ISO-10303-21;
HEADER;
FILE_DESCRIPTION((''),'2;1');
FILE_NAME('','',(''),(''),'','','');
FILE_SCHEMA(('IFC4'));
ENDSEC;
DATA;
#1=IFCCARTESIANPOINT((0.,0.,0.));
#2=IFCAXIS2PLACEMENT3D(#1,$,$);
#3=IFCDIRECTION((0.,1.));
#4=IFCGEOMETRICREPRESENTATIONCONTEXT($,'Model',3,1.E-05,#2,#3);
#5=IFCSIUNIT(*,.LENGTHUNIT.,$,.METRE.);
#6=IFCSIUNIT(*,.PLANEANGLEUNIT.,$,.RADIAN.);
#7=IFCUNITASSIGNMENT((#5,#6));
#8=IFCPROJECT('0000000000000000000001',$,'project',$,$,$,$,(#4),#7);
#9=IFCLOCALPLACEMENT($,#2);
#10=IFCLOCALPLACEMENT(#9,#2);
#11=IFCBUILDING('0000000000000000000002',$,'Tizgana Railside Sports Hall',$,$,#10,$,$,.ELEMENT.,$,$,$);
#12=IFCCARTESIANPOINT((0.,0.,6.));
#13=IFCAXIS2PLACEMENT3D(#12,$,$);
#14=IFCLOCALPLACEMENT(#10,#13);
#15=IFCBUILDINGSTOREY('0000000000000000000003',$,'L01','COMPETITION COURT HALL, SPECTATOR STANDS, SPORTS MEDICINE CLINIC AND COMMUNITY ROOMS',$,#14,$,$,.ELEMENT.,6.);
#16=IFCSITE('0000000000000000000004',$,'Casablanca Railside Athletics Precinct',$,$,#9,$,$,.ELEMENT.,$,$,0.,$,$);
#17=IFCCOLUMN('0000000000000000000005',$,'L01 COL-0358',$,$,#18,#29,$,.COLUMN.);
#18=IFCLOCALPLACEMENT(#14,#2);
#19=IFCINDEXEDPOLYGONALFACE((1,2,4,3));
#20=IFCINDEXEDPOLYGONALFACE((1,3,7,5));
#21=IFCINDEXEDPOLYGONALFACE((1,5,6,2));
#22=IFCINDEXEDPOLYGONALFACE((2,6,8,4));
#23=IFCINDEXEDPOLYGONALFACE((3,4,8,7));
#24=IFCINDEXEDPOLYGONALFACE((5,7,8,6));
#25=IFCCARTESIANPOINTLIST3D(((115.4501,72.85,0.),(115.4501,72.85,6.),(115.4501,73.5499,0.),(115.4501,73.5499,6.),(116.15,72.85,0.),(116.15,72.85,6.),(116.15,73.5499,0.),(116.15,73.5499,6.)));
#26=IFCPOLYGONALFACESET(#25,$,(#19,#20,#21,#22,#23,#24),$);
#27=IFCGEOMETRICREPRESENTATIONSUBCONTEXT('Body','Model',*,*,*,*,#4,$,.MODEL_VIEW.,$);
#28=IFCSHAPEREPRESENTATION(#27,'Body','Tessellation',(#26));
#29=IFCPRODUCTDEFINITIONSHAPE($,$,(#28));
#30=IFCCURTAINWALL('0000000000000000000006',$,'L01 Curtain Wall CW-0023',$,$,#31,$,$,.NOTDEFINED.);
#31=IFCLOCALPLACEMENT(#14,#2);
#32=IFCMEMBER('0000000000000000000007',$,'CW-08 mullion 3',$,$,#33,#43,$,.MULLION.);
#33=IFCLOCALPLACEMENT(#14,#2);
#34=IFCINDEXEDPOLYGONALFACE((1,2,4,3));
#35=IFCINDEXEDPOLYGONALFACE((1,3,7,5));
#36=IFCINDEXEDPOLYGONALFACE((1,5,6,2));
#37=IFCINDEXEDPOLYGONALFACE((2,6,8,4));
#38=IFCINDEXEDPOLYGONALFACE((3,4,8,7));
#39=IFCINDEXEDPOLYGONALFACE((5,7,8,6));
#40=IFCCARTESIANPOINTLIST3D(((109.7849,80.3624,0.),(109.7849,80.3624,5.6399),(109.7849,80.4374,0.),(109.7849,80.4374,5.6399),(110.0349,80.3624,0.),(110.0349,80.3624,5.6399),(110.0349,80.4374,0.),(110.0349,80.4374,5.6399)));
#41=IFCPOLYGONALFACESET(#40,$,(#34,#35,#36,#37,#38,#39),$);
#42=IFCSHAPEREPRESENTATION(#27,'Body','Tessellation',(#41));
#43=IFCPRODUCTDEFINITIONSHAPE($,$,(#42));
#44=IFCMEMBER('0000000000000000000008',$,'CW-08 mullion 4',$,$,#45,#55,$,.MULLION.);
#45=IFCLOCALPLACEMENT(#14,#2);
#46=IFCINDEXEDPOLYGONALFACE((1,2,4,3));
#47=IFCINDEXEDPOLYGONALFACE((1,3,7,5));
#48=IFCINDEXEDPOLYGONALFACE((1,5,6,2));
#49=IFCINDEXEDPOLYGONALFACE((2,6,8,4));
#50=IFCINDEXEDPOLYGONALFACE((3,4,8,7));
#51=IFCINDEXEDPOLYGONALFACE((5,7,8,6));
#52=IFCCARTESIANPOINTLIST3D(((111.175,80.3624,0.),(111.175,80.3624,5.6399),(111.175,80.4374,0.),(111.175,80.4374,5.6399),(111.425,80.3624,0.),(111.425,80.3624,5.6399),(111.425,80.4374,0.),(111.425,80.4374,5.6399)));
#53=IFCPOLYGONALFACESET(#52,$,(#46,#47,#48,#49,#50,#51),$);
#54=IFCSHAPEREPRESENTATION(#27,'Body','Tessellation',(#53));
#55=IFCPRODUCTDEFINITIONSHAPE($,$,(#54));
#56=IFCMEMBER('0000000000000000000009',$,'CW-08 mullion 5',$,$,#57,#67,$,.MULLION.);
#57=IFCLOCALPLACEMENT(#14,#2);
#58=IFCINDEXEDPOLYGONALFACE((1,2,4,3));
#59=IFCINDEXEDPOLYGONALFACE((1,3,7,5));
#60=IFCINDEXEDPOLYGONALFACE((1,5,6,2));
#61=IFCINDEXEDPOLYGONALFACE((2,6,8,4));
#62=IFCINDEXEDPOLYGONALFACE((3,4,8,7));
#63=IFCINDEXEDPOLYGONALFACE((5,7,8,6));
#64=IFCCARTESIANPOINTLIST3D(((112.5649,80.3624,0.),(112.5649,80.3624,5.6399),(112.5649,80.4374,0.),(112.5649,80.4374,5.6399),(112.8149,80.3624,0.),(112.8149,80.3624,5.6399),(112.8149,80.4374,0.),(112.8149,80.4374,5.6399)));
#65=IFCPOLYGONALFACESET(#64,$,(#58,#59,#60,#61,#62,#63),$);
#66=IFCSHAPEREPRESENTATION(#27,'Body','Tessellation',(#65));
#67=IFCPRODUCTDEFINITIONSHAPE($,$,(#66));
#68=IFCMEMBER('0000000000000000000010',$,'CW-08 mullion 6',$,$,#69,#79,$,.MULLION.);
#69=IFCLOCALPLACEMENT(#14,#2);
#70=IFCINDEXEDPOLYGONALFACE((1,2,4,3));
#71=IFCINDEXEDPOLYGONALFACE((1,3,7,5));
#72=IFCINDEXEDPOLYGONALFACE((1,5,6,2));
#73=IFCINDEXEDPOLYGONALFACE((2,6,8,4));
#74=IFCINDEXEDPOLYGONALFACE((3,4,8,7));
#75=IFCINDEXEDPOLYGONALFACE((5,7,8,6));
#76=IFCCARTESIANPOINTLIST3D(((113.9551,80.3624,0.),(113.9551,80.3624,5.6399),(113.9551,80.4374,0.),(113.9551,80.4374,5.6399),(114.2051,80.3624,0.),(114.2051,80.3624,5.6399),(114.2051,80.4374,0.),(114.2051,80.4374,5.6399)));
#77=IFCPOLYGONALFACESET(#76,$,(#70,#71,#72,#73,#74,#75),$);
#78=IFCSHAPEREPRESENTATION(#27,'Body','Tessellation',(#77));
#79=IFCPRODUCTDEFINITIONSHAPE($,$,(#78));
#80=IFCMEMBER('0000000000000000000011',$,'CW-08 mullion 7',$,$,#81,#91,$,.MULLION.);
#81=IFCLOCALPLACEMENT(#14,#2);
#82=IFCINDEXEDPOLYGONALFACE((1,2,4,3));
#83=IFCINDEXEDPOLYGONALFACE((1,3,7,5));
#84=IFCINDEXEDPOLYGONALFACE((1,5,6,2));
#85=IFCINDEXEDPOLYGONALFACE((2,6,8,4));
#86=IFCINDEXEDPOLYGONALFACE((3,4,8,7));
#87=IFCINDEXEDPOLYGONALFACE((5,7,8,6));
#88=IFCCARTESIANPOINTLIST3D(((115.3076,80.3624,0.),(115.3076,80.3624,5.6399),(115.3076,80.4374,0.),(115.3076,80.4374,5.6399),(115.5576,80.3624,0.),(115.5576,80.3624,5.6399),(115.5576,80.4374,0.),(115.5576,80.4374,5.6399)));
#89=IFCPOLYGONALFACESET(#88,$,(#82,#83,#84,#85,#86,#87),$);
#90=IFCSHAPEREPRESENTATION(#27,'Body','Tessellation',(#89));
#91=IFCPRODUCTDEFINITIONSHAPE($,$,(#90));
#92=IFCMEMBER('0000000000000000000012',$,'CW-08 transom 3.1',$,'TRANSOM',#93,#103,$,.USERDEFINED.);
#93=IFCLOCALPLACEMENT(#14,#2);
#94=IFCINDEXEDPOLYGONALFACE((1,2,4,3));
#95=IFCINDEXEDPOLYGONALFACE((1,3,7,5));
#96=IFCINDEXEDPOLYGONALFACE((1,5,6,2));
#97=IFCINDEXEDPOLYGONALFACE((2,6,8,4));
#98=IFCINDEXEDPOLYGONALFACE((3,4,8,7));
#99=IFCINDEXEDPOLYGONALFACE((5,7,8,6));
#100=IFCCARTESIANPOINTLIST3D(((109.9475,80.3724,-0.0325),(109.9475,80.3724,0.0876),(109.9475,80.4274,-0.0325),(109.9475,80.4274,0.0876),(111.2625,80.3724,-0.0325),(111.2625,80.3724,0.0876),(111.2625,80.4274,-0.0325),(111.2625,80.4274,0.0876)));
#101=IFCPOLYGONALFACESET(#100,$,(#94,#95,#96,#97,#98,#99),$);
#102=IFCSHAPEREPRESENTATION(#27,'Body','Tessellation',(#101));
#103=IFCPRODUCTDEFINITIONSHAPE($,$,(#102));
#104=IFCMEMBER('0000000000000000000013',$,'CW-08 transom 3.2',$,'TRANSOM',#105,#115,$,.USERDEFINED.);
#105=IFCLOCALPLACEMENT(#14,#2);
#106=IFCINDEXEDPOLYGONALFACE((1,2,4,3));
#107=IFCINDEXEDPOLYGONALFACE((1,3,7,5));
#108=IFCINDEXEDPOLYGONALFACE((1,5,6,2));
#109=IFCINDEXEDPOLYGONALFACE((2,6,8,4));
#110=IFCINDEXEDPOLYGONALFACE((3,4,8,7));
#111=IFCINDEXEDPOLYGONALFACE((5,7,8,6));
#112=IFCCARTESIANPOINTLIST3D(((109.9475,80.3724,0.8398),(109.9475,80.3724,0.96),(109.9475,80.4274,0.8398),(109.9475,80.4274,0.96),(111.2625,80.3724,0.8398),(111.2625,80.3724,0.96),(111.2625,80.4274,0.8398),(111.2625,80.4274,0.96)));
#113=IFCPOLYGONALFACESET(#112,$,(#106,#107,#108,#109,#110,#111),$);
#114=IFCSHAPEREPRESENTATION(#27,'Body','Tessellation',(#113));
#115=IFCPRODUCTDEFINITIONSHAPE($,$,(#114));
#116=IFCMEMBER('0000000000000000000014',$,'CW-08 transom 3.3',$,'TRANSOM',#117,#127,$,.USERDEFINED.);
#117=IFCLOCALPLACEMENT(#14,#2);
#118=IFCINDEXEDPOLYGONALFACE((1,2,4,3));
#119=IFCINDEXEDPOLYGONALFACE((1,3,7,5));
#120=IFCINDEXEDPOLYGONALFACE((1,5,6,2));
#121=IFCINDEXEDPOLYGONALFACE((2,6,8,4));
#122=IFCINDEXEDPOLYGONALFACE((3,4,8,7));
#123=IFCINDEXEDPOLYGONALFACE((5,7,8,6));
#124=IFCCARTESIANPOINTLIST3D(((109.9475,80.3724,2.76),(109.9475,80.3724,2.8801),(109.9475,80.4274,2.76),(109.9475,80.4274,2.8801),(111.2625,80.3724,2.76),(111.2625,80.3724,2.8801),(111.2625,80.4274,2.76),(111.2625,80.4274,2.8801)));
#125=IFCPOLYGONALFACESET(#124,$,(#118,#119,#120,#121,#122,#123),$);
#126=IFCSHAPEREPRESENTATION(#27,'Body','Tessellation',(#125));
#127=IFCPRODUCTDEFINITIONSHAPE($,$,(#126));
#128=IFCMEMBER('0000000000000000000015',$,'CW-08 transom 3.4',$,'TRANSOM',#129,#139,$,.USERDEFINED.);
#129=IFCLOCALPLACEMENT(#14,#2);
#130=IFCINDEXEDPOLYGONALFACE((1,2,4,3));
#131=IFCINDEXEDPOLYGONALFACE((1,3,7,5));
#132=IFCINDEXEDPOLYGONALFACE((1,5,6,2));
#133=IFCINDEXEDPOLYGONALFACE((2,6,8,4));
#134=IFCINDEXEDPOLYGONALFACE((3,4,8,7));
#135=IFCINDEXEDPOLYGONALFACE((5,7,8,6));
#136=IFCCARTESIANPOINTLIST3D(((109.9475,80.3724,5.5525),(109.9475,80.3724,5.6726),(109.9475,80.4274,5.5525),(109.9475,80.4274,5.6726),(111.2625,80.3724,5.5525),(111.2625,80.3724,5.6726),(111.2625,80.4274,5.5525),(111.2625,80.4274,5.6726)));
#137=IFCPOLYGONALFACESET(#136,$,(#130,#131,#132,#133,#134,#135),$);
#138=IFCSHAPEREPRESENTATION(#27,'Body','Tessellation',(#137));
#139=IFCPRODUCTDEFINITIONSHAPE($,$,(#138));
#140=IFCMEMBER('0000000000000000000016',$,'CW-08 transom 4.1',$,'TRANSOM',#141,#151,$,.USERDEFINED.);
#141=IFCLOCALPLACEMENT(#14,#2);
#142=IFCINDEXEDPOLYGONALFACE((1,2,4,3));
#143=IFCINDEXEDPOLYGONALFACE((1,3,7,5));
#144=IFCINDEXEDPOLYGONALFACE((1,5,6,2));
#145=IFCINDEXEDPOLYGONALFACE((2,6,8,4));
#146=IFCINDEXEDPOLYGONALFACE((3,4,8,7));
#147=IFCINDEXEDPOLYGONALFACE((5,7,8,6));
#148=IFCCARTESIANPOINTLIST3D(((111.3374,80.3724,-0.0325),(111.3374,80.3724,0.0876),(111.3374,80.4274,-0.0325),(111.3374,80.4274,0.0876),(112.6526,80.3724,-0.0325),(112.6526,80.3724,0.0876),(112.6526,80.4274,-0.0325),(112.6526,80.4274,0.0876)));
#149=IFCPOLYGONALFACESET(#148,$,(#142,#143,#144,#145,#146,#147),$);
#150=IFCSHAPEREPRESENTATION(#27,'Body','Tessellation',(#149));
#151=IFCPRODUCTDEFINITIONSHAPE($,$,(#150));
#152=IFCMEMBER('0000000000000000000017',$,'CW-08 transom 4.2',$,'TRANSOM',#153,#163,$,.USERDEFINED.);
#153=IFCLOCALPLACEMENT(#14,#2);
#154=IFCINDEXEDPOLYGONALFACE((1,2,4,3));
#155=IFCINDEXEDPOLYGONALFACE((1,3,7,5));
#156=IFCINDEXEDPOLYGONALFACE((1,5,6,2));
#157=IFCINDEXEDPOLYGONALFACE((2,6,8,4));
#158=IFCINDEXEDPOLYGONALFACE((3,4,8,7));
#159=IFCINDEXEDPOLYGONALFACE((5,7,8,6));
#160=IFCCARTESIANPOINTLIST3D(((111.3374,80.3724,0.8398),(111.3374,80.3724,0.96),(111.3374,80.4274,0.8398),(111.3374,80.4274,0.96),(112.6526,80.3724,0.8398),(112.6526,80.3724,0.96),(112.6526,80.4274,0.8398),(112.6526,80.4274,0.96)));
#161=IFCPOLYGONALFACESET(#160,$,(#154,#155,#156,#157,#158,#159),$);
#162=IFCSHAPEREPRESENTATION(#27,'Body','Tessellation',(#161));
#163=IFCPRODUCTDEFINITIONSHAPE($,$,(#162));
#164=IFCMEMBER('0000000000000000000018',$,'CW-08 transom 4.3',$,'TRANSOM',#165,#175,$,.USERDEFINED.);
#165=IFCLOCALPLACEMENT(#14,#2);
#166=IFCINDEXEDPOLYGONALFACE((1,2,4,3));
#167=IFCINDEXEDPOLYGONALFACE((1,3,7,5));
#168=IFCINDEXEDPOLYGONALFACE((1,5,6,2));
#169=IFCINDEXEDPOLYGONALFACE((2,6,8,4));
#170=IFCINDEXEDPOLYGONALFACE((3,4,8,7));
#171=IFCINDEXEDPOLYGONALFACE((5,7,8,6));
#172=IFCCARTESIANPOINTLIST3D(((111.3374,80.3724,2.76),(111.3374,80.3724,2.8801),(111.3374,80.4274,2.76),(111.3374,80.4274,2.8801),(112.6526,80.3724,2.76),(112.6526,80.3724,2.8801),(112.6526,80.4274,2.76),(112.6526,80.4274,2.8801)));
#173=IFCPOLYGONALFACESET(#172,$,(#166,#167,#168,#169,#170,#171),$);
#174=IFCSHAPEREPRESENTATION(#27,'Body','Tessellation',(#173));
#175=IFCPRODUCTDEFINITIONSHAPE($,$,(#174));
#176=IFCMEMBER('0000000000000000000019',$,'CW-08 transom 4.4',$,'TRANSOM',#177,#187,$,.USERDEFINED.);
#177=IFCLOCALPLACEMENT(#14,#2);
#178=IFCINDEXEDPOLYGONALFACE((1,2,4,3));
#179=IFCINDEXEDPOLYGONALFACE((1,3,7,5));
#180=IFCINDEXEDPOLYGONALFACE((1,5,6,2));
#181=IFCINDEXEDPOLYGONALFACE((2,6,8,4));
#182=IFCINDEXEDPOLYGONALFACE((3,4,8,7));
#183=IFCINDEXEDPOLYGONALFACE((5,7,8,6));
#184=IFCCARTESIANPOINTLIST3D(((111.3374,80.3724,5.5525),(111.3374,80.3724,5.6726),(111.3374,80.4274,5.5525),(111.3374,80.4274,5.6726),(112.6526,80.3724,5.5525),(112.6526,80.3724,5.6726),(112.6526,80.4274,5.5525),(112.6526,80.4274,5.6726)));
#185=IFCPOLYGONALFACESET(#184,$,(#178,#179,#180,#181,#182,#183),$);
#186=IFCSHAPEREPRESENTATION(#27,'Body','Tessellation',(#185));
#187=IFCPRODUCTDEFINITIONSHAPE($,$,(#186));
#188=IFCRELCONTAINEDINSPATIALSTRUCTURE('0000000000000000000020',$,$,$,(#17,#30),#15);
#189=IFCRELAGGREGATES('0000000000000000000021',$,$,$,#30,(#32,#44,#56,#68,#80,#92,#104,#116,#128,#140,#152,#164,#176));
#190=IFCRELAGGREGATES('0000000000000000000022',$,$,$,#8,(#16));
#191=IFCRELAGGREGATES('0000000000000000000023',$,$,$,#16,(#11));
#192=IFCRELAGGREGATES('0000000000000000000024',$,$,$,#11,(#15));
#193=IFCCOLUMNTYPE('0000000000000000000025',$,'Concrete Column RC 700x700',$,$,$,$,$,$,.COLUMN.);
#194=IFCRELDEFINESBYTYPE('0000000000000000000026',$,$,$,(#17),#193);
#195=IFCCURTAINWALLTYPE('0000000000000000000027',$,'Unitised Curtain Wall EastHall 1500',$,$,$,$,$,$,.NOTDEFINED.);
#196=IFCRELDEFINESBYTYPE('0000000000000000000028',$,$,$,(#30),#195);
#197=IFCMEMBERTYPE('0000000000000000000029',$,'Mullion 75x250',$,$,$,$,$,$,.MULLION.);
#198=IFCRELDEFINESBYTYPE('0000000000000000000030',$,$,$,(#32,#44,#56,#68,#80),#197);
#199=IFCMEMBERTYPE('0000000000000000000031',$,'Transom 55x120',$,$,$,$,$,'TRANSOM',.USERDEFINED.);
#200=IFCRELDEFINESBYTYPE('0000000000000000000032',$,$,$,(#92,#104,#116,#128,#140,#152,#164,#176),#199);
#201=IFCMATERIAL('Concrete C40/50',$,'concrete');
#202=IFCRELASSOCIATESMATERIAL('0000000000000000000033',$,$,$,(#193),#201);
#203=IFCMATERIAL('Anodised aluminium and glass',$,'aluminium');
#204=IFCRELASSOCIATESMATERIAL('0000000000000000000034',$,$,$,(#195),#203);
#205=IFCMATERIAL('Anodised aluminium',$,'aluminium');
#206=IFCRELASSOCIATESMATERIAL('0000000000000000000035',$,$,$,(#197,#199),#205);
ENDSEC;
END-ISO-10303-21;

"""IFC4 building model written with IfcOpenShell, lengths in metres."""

from ifc_helpers import new_model, si_unit, direction, frame, origin, origin_2d, place, context, subcontext, project, spatial, rectangle, extrude, material, material_profile, profile_set, type_object, element, aggregate, save


model = new_model("IFC4")

# Units and contexts
model_context = context("Model", 3, precision=1e-05, world=origin(), true_north=direction((0.0, 1.0)))
body_context = subcontext(model_context, "Body", "Model", "MODEL_VIEW")
ifc_project = project(units=[si_unit("LENGTHUNIT", "METRE"), si_unit("PLANEANGLEUNIT", "RADIAN")], contexts=[model_context])

# Site, building, storey
site_placement = place(None, origin())
site = spatial("IfcSite", under=ifc_project, at=site_placement, Name="Casablanca Railside Athletics Precinct", CompositionType="ELEMENT", RefElevation=0.0)
building_placement = place(site_placement, origin())
building = spatial("IfcBuilding", under=site, at=building_placement, Name="Tizgana Railside Sports Hall", CompositionType="ELEMENT")
storey_placement = place(building_placement, frame((0.0, 0.0, 6.0)))
storey = spatial("IfcBuildingStorey", under=building, at=storey_placement, Name="L01", Description="COMPETITION COURT HALL, SPECTATOR STANDS, SPORTS MEDICINE CLINIC AND COMMUNITY ROOMS", CompositionType="ELEMENT", Elevation=6.0)

# Column
ifc_material_1 = material(Name="Concrete C40/50", Category="concrete")
ifc_material_profile_1 = material_profile(ifc_material_1, rectangle(XDim=0.7, YDim=0.7, at=origin_2d()), Name="RC 700x700")
ifc_profile_set_1 = profile_set([ifc_material_profile_1], Name="Concrete C40/50")
column_type = type_object("IfcColumnType", Name="Concrete Column RC 700x700", PredefinedType="COLUMN", material=ifc_profile_set_1)
column_placement = place(storey_placement, frame((115.8, 73.2, 0.0), z_axis=(0.0, 0.0, 1.0), x_axis=(1.0, 0.0, 0.0)))
element("IfcColumn", 1, at=column_placement, inside=storey, type_object=column_type, Name="L01 COL-0358", PredefinedType="COLUMN", context=body_context, shape_type="SweptSolid", body=[
    extrude(rectangle(XDim=0.7, YDim=0.7, at=origin_2d()), origin(), (0.0, 0.0, 1.0), 6.0),
])

# Curtain wall, members
ifc_material_2 = material(Name="Anodised aluminium and glass", Category="aluminium")
curtain_wall_type = type_object("IfcCurtainWallType", Name="Unitised Curtain Wall EastHall 1500", PredefinedType="NOTDEFINED", material=ifc_material_2)
curtain_wall_placement = place(storey_placement, origin())
curtain_wall = element("IfcCurtainWall", 2, at=curtain_wall_placement, inside=storey, type_object=curtain_wall_type, Name="L01 Curtain Wall CW-0023", PredefinedType="NOTDEFINED")
ifc_material_3 = material(Name="Anodised aluminium", Category="aluminium")
ifc_material_profile_2 = material_profile(ifc_material_3, rectangle(XDim=0.075, YDim=0.25, at=origin_2d()), Name="Mullion 75x250")
ifc_profile_set_2 = profile_set([ifc_material_profile_2], Name="Anodised aluminium")
member_type_1 = type_object("IfcMemberType", Name="Mullion 75x250", PredefinedType="MULLION", material=ifc_profile_set_2)
member_1_placement = place(storey_placement, frame((109.9099, 80.3999, 0.0), z_axis=(0.0, 0.0, 1.0), x_axis=(0.0, 1.0, 0.0)))
member_1 = element("IfcMember", 3, at=member_1_placement, type_object=member_type_1, Name="CW-08 mullion 3", PredefinedType="MULLION", context=body_context, shape_type="SweptSolid", body=[
    extrude(rectangle(XDim=0.075, YDim=0.25, at=origin_2d()), origin(), (0.0, 0.0, 1.0), 5.6399),
])
member_2_placement = place(storey_placement, frame((111.3, 80.3999, 0.0), z_axis=(0.0, 0.0, 1.0), x_axis=(0.0, 1.0, 0.0)))
member_2 = element("IfcMember", 4, at=member_2_placement, type_object=member_type_1, Name="CW-08 mullion 4", PredefinedType="MULLION", context=body_context, shape_type="SweptSolid", body=[
    extrude(rectangle(XDim=0.075, YDim=0.25, at=origin_2d()), origin(), (0.0, 0.0, 1.0), 5.6399),
])
member_3_placement = place(storey_placement, frame((112.6899, 80.3999, 0.0), z_axis=(0.0, 0.0, 1.0), x_axis=(0.0, 1.0, 0.0)))
member_3 = element("IfcMember", 5, at=member_3_placement, type_object=member_type_1, Name="CW-08 mullion 5", PredefinedType="MULLION", context=body_context, shape_type="SweptSolid", body=[
    extrude(rectangle(XDim=0.075, YDim=0.25, at=origin_2d()), origin(), (0.0, 0.0, 1.0), 5.6399),
])
member_4_placement = place(storey_placement, frame((114.0801, 80.3999, 0.0), z_axis=(0.0, 0.0, 1.0), x_axis=(0.0, 1.0, 0.0)))
member_4 = element("IfcMember", 6, at=member_4_placement, type_object=member_type_1, Name="CW-08 mullion 6", PredefinedType="MULLION", context=body_context, shape_type="SweptSolid", body=[
    extrude(rectangle(XDim=0.075, YDim=0.25, at=origin_2d()), origin(), (0.0, 0.0, 1.0), 5.6399),
])
member_5_placement = place(storey_placement, frame((115.4326, 80.3999, 0.0), z_axis=(0.0, 0.0, 1.0), x_axis=(0.0, 1.0, 0.0)))
member_5 = element("IfcMember", 7, at=member_5_placement, type_object=member_type_1, Name="CW-08 mullion 7", PredefinedType="MULLION", context=body_context, shape_type="SweptSolid", body=[
    extrude(rectangle(XDim=0.075, YDim=0.25, at=origin_2d()), origin(), (0.0, 0.0, 1.0), 5.6399),
])
ifc_material_profile_3 = material_profile(ifc_material_3, rectangle(XDim=0.0549, YDim=0.1201, at=origin_2d()), Name="Transom 55x120")
ifc_profile_set_3 = profile_set([ifc_material_profile_3], Name="Anodised aluminium")
member_type_2 = type_object("IfcMemberType", Name="Transom 55x120", ElementType="TRANSOM", PredefinedType="USERDEFINED", material=ifc_profile_set_3)
member_6_placement = place(storey_placement, frame((109.9475, 80.3999, 0.0276), z_axis=(1.0, 0.0, 0.0), x_axis=(0.0, 1.0, 0.0)))
member_6 = element("IfcMember", 8, at=member_6_placement, type_object=member_type_2, Name="CW-08 transom 3.1", ObjectType="TRANSOM", PredefinedType="USERDEFINED", context=body_context, shape_type="SweptSolid", body=[
    extrude(rectangle(XDim=0.0549, YDim=0.1201, at=origin_2d()), origin(), (0.0, 0.0, 1.0), 1.3149),
])
member_7_placement = place(storey_placement, frame((109.9475, 80.3999, 0.8999), z_axis=(1.0, 0.0, 0.0), x_axis=(0.0, 1.0, 0.0)))
member_7 = element("IfcMember", 9, at=member_7_placement, type_object=member_type_2, Name="CW-08 transom 3.2", ObjectType="TRANSOM", PredefinedType="USERDEFINED", context=body_context, shape_type="SweptSolid", body=[
    extrude(rectangle(XDim=0.0549, YDim=0.1201, at=origin_2d()), origin(), (0.0, 0.0, 1.0), 1.3149),
])
member_8_placement = place(storey_placement, frame((109.9475, 80.3999, 2.8201), z_axis=(1.0, 0.0, 0.0), x_axis=(0.0, 1.0, 0.0)))
member_8 = element("IfcMember", 10, at=member_8_placement, type_object=member_type_2, Name="CW-08 transom 3.3", ObjectType="TRANSOM", PredefinedType="USERDEFINED", context=body_context, shape_type="SweptSolid", body=[
    extrude(rectangle(XDim=0.0549, YDim=0.1201, at=origin_2d()), origin(), (0.0, 0.0, 1.0), 1.3149),
])
member_9_placement = place(storey_placement, frame((109.9475, 80.3999, 5.6125), z_axis=(1.0, 0.0, 0.0), x_axis=(0.0, 1.0, 0.0)))
member_9 = element("IfcMember", 11, at=member_9_placement, type_object=member_type_2, Name="CW-08 transom 3.4", ObjectType="TRANSOM", PredefinedType="USERDEFINED", context=body_context, shape_type="SweptSolid", body=[
    extrude(rectangle(XDim=0.0549, YDim=0.1201, at=origin_2d()), origin(), (0.0, 0.0, 1.0), 1.3149),
])
member_10_placement = place(storey_placement, frame((111.3374, 80.3999, 0.0276), z_axis=(1.0, 0.0, 0.0), x_axis=(0.0, 1.0, 0.0)))
member_10 = element("IfcMember", 12, at=member_10_placement, type_object=member_type_2, Name="CW-08 transom 4.1", ObjectType="TRANSOM", PredefinedType="USERDEFINED", context=body_context, shape_type="SweptSolid", body=[
    extrude(rectangle(XDim=0.0549, YDim=0.1201, at=origin_2d()), origin(), (0.0, 0.0, 1.0), 1.3152),
])
member_11_placement = place(storey_placement, frame((111.3374, 80.3999, 0.8999), z_axis=(1.0, 0.0, 0.0), x_axis=(0.0, 1.0, 0.0)))
member_11 = element("IfcMember", 13, at=member_11_placement, type_object=member_type_2, Name="CW-08 transom 4.2", ObjectType="TRANSOM", PredefinedType="USERDEFINED", context=body_context, shape_type="SweptSolid", body=[
    extrude(rectangle(XDim=0.0549, YDim=0.1201, at=origin_2d()), origin(), (0.0, 0.0, 1.0), 1.3152),
])
member_12_placement = place(storey_placement, frame((111.3374, 80.3999, 2.8201), z_axis=(1.0, 0.0, 0.0), x_axis=(0.0, 1.0, 0.0)))
member_12 = element("IfcMember", 14, at=member_12_placement, type_object=member_type_2, Name="CW-08 transom 4.3", ObjectType="TRANSOM", PredefinedType="USERDEFINED", context=body_context, shape_type="SweptSolid", body=[
    extrude(rectangle(XDim=0.0549, YDim=0.1201, at=origin_2d()), origin(), (0.0, 0.0, 1.0), 1.3152),
])
member_13_placement = place(storey_placement, frame((111.3374, 80.3999, 5.6125), z_axis=(1.0, 0.0, 0.0), x_axis=(0.0, 1.0, 0.0)))
member_13 = element("IfcMember", 15, at=member_13_placement, type_object=member_type_2, Name="CW-08 transom 4.4", ObjectType="TRANSOM", PredefinedType="USERDEFINED", context=body_context, shape_type="SweptSolid", body=[
    extrude(rectangle(XDim=0.0549, YDim=0.1201, at=origin_2d()), origin(), (0.0, 0.0, 1.0), 1.3152),
])
aggregate(curtain_wall, [member_1, member_2, member_3, member_4, member_5, member_6, member_7, member_8, member_9, member_10, member_11, member_12, member_13])

save(model, "model.ifc")
